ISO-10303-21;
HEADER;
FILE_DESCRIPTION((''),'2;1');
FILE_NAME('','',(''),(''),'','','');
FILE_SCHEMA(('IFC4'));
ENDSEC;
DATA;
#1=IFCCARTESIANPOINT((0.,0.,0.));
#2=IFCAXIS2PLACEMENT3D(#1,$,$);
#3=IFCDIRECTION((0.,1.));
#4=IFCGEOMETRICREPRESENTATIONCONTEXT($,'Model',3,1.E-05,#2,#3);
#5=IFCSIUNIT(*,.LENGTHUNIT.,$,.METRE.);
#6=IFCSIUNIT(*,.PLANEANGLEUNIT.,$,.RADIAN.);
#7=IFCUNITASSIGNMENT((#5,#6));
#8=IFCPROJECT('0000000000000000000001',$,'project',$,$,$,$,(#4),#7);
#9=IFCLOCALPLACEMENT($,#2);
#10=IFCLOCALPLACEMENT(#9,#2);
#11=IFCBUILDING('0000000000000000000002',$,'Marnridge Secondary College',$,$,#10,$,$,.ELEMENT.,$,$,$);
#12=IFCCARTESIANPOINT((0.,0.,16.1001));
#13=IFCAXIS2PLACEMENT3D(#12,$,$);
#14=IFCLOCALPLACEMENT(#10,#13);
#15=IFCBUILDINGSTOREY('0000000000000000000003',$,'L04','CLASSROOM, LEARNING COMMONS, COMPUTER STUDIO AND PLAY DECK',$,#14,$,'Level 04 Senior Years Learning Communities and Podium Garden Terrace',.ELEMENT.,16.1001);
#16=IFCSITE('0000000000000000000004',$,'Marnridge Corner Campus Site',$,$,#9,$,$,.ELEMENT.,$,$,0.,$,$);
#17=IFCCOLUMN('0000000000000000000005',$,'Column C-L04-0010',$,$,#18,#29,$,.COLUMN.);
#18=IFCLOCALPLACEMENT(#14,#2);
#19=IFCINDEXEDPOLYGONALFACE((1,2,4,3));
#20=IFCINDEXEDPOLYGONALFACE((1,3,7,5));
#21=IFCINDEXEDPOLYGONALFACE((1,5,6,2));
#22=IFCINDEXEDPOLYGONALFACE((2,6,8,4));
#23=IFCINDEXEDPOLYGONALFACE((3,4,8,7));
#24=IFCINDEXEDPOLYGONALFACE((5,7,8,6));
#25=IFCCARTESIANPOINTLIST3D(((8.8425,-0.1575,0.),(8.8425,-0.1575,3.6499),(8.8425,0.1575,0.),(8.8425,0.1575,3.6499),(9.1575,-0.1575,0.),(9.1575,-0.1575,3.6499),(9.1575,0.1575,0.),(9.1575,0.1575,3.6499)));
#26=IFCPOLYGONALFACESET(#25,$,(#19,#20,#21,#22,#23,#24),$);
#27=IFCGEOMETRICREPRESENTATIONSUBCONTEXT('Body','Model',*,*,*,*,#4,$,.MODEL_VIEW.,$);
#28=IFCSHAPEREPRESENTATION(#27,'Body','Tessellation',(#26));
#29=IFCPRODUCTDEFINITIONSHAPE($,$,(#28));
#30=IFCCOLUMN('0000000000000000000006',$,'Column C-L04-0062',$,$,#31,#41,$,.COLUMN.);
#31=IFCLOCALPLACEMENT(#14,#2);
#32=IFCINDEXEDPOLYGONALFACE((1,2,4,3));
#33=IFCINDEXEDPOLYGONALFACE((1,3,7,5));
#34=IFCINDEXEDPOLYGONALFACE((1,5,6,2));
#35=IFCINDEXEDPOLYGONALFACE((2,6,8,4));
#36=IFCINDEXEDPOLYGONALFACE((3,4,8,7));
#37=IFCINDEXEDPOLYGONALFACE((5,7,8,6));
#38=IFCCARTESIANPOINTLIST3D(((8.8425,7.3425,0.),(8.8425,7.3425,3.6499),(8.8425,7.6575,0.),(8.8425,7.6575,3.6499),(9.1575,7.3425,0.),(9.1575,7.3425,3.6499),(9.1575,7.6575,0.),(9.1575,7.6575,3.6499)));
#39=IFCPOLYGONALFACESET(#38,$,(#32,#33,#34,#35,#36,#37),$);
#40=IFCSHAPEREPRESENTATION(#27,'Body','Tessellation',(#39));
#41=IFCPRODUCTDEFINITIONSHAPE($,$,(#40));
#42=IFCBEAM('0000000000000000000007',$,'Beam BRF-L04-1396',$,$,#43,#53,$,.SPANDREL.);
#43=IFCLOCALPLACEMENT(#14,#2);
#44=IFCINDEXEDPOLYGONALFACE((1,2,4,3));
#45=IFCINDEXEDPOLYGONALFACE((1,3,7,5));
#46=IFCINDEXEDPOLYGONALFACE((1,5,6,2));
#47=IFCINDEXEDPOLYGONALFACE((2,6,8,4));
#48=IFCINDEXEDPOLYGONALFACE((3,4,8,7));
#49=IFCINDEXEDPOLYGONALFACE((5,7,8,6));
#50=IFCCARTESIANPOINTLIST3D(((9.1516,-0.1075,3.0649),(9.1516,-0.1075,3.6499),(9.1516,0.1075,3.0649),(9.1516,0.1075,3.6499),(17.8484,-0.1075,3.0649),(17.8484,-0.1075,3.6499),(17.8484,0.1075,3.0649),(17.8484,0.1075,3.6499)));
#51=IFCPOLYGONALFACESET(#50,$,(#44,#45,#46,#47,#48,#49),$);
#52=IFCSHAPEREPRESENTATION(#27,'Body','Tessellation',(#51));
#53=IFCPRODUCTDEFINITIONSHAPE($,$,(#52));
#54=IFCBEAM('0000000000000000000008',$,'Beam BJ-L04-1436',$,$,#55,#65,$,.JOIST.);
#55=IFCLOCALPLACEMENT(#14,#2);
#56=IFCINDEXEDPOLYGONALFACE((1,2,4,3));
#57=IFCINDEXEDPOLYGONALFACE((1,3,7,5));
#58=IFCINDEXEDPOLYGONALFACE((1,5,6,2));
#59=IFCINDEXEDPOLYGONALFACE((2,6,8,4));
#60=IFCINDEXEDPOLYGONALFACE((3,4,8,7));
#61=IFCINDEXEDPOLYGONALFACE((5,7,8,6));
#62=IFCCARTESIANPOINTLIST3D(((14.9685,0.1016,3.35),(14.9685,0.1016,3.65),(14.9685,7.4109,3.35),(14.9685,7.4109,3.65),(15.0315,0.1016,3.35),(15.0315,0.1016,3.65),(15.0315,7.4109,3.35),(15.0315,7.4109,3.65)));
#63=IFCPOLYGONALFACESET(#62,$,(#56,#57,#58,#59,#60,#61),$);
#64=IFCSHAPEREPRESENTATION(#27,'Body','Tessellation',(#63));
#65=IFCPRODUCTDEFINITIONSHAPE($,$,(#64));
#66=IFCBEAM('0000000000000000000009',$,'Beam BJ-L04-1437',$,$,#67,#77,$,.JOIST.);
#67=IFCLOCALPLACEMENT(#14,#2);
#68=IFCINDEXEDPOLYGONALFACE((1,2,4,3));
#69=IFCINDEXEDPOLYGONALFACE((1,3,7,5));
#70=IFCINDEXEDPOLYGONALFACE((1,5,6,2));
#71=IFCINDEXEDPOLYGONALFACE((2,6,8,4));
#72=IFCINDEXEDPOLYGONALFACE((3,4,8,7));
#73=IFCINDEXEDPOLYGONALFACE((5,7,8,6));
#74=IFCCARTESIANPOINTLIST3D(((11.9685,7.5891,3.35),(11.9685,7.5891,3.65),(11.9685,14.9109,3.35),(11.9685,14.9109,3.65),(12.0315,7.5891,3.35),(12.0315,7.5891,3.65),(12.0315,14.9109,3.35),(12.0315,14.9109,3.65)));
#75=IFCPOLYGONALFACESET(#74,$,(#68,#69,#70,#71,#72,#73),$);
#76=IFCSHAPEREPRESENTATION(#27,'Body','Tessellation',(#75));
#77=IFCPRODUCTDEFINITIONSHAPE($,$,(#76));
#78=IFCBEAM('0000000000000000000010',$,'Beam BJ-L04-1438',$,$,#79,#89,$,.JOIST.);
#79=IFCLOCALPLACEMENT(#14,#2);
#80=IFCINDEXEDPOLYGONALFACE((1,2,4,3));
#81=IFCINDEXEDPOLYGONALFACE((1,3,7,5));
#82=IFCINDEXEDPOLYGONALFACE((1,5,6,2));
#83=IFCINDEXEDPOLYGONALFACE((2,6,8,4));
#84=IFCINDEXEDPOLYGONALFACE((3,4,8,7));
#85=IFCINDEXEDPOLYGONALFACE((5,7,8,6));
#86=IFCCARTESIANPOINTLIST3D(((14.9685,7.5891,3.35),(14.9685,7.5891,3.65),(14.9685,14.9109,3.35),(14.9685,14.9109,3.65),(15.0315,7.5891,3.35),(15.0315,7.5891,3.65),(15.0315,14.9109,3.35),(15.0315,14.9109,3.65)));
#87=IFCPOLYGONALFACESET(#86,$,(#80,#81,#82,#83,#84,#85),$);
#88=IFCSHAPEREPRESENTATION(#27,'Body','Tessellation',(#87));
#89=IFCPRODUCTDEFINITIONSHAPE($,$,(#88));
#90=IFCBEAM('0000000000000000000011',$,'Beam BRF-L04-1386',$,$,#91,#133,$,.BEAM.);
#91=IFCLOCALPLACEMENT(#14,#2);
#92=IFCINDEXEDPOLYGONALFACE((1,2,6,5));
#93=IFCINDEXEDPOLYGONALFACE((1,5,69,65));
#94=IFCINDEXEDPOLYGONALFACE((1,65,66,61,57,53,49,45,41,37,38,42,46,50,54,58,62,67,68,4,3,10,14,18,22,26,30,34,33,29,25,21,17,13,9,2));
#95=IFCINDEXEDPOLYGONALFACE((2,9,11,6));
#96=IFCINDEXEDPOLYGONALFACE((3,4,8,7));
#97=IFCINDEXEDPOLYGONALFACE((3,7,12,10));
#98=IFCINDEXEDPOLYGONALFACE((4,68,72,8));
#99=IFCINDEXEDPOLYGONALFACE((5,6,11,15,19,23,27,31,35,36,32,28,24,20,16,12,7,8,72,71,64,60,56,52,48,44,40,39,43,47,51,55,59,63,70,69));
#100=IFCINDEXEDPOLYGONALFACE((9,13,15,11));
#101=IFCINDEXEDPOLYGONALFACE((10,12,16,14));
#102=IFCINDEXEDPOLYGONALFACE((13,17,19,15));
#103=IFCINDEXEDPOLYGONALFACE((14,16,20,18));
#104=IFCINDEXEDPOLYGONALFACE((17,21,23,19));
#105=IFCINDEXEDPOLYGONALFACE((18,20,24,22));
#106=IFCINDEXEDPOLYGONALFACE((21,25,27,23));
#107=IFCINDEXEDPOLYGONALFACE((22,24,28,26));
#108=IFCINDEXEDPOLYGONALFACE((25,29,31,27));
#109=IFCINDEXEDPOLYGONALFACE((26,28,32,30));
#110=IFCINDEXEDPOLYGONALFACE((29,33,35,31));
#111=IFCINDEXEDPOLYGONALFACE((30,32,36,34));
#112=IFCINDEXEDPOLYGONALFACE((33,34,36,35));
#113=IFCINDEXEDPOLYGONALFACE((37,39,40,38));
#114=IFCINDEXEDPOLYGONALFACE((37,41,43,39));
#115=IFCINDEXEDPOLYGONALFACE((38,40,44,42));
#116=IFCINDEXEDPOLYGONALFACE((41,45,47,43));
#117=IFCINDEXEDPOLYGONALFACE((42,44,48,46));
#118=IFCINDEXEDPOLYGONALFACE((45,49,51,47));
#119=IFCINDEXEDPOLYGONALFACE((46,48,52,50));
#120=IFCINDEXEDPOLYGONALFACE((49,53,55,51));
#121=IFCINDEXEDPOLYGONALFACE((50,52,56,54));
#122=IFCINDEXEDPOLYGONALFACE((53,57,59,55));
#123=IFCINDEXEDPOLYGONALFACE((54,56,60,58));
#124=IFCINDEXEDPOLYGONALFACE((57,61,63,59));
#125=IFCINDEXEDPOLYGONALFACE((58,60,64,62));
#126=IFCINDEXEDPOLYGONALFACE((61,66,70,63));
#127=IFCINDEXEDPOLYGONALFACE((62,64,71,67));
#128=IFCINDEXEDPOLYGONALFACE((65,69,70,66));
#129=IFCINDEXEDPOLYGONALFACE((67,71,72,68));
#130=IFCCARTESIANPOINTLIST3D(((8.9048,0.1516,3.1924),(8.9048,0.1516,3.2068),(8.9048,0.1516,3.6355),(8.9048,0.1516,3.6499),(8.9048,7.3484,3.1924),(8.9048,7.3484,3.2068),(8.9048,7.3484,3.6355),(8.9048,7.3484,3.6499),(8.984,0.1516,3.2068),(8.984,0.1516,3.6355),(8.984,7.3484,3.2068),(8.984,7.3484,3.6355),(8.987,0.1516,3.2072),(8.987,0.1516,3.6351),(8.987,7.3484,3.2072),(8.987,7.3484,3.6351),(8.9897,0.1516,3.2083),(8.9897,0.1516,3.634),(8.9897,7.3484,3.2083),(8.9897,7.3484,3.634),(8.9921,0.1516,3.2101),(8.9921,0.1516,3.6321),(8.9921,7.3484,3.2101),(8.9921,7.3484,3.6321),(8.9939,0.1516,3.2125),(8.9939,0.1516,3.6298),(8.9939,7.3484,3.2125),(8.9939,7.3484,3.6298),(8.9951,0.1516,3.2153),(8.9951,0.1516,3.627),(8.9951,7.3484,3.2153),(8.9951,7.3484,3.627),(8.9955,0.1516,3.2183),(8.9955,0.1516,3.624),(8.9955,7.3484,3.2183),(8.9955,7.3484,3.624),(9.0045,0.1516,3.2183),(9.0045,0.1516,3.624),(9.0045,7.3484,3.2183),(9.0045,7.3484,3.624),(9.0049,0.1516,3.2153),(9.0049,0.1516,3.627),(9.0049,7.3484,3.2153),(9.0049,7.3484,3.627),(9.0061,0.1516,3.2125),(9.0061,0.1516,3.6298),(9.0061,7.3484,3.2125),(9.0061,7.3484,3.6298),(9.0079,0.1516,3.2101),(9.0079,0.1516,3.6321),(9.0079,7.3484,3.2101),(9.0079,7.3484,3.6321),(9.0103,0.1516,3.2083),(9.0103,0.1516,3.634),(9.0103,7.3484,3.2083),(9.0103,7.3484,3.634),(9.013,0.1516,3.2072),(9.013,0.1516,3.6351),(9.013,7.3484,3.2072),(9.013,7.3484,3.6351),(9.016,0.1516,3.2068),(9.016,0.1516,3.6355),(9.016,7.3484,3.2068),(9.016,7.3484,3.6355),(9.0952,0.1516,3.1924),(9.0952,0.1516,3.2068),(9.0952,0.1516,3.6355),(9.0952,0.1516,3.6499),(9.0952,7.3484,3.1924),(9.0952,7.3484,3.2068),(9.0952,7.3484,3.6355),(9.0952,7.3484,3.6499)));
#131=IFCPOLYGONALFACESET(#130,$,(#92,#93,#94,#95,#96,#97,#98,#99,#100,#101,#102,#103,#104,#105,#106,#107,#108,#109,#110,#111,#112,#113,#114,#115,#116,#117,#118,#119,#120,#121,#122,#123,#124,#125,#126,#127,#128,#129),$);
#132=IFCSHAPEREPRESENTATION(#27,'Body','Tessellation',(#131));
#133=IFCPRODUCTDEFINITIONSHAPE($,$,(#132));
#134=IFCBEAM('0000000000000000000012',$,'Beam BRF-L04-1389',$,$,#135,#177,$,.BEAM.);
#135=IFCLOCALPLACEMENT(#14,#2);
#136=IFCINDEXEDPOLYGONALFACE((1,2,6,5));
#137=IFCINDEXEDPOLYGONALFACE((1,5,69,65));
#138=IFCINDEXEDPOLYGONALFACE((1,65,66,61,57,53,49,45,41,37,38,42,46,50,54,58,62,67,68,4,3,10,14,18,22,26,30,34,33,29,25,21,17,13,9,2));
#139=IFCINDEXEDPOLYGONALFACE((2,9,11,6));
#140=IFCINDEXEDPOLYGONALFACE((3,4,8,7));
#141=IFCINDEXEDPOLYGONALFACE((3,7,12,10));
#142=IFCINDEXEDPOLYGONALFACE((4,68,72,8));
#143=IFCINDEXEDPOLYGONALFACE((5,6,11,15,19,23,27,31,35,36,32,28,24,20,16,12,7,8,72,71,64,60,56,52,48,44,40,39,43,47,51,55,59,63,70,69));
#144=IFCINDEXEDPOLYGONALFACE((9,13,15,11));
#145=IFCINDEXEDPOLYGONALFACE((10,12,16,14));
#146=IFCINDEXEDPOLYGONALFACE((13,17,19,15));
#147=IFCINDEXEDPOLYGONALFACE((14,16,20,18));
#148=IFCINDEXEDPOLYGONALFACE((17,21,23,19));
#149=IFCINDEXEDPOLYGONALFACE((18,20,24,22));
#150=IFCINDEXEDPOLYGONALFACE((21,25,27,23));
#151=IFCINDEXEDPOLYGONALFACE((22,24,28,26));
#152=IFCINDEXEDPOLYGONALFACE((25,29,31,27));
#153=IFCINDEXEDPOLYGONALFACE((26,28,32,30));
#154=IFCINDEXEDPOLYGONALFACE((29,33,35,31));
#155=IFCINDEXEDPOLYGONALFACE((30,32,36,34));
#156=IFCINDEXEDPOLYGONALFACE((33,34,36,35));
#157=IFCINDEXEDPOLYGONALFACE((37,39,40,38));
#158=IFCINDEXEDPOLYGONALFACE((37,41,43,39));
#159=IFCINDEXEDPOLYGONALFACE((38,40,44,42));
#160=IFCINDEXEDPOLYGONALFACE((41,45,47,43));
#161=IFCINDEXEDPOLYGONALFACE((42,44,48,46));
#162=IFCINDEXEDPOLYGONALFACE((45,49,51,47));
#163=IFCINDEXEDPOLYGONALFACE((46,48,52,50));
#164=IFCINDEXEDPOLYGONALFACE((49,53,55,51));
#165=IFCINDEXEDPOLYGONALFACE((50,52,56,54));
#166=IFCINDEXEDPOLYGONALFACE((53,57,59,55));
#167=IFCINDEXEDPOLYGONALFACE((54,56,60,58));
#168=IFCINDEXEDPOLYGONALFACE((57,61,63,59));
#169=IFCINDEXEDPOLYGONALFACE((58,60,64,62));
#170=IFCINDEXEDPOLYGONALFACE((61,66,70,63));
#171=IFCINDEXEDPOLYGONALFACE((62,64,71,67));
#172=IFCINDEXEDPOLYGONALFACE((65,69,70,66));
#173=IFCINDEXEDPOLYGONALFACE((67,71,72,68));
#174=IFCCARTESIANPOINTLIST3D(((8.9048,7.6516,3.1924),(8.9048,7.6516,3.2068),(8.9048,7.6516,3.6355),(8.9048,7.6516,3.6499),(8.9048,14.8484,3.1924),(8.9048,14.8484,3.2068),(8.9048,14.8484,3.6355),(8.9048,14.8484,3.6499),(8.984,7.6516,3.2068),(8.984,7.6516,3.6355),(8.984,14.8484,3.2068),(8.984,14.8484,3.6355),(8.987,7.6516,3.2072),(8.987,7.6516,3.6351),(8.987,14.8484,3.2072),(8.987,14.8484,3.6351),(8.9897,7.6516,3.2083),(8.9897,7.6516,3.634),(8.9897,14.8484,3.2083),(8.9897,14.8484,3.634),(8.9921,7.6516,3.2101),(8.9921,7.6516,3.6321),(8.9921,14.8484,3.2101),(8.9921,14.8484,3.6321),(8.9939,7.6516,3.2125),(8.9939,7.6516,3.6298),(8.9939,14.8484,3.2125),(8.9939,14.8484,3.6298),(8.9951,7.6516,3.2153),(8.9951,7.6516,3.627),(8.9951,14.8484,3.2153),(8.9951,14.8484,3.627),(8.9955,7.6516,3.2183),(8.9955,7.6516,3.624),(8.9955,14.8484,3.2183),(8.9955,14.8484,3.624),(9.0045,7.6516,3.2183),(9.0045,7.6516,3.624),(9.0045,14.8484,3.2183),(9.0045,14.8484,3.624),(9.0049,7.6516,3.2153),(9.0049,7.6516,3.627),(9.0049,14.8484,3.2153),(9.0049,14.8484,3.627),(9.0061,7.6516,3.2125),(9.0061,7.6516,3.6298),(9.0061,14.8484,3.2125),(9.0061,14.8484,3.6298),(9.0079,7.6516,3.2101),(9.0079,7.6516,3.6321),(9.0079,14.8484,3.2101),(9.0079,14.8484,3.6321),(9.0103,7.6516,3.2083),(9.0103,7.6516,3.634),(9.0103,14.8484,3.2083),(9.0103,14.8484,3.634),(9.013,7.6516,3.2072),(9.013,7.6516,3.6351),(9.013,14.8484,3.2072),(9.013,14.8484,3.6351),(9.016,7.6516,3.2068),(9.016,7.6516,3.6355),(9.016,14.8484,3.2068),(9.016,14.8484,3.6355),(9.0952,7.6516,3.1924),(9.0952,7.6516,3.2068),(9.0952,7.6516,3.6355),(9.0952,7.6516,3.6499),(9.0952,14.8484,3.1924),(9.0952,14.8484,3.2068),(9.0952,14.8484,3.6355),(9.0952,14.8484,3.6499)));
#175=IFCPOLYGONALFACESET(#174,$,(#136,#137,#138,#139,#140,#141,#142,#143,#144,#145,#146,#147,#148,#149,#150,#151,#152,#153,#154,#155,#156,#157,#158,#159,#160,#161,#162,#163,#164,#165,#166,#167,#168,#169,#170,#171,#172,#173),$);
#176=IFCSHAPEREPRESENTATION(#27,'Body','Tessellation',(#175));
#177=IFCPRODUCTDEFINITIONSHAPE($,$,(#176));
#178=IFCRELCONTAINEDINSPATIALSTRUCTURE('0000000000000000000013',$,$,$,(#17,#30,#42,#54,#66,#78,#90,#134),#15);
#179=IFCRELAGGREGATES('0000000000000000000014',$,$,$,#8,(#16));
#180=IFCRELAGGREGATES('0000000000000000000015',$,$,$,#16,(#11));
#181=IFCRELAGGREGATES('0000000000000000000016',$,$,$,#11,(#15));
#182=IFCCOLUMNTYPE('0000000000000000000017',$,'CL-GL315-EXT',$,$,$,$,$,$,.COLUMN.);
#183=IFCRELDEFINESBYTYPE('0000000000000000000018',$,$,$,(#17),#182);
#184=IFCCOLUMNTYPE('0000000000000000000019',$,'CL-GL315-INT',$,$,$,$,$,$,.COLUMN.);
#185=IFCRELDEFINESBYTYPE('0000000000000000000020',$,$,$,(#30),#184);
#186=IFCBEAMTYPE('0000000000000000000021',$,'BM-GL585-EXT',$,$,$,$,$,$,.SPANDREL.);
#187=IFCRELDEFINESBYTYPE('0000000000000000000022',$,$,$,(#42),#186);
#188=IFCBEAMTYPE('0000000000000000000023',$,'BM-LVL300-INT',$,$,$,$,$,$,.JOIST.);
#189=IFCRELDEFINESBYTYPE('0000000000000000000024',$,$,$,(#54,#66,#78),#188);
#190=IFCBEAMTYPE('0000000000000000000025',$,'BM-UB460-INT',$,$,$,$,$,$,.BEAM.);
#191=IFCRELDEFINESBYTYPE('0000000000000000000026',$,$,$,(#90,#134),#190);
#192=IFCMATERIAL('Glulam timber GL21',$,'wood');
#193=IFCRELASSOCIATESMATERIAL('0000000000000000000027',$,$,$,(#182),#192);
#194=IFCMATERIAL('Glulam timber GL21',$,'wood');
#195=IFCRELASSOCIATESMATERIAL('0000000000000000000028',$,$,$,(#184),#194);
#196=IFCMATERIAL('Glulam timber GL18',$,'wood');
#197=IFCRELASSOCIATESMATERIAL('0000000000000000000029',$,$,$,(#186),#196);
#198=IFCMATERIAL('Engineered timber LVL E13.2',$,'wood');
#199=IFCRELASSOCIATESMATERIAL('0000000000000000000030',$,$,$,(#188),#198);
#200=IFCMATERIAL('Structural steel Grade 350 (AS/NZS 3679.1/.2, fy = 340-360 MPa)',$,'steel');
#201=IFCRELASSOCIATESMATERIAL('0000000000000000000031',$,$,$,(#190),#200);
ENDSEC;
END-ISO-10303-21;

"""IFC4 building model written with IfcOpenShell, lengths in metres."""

from ifc_helpers import new_model, si_unit, direction, frame, origin, origin_2d, place, context, subcontext, project, spatial, rectangle, i_section, extrude, material, material_profile, profile_set, type_object, element, save


model = new_model("IFC4")

# Units and contexts
model_context = context("Model", 3, precision=1e-05, world=origin(), true_north=direction((0.0, 1.0)))
body_context = subcontext(model_context, "Body", "Model", "MODEL_VIEW")
ifc_project = project(units=[si_unit("LENGTHUNIT", "METRE"), si_unit("PLANEANGLEUNIT", "RADIAN")], contexts=[model_context])

# Site, building, storey
site_placement = place(None, origin())
site = spatial("IfcSite", under=ifc_project, at=site_placement, Name="Marnridge Corner Campus Site", CompositionType="ELEMENT", RefElevation=0.0)
building_placement = place(site_placement, origin())
building = spatial("IfcBuilding", under=site, at=building_placement, Name="Marnridge Secondary College", CompositionType="ELEMENT")
storey_placement = place(building_placement, frame((0.0, 0.0, 16.1001)))
storey = spatial("IfcBuildingStorey", under=building, at=storey_placement, Name="L04", Description="CLASSROOM, LEARNING COMMONS, COMPUTER STUDIO AND PLAY DECK", LongName="Level 04 Senior Years Learning Communities and Podium Garden Terrace", CompositionType="ELEMENT", Elevation=16.1001)

# Columns
ifc_material_1 = material(Name="Glulam timber GL21", Category="wood")
ifc_material_profile_1 = material_profile(ifc_material_1, rectangle(XDim=0.3149, YDim=0.3149, at=origin_2d()), Name="GL21 315x315")
ifc_profile_set_1 = profile_set([ifc_material_profile_1], Name="Glulam timber GL21")
column_type_1 = type_object("IfcColumnType", Name="CL-GL315-EXT", PredefinedType="COLUMN", material=ifc_profile_set_1)
column_1_placement = place(storey_placement, frame((9.0, 0.0, 0.0), z_axis=(0.0, 0.0, 1.0), x_axis=(1.0, 0.0, 0.0)))
element("IfcColumn", 1, at=column_1_placement, inside=storey, type_object=column_type_1, Name="Column C-L04-0010", PredefinedType="COLUMN", context=body_context, shape_type="SweptSolid", body=[
    extrude(rectangle(XDim=0.3149, YDim=0.3149, at=origin_2d()), origin(), (0.0, 0.0, 1.0), 3.6499),
])
ifc_material_2 = material(Name="Glulam timber GL21", Category="wood")
ifc_material_profile_2 = material_profile(ifc_material_2, rectangle(XDim=0.3149, YDim=0.3149, at=origin_2d()), Name="GL21 315x315")
ifc_profile_set_2 = profile_set([ifc_material_profile_2], Name="Glulam timber GL21")
column_type_2 = type_object("IfcColumnType", Name="CL-GL315-INT", PredefinedType="COLUMN", material=ifc_profile_set_2)
column_2_placement = place(storey_placement, frame((9.0, 7.5, 0.0), z_axis=(0.0, 0.0, 1.0), x_axis=(1.0, 0.0, 0.0)))
element("IfcColumn", 2, at=column_2_placement, inside=storey, type_object=column_type_2, Name="Column C-L04-0062", PredefinedType="COLUMN", context=body_context, shape_type="SweptSolid", body=[
    extrude(rectangle(XDim=0.3149, YDim=0.3149, at=origin_2d()), origin(), (0.0, 0.0, 1.0), 3.6499),
])

# Beams
ifc_material_3 = material(Name="Glulam timber GL18", Category="wood")
ifc_material_profile_3 = material_profile(ifc_material_3, rectangle(XDim=0.2151, YDim=0.585, at=origin_2d()), Name="GL18 215x585")
ifc_profile_set_3 = profile_set([ifc_material_profile_3], Name="Glulam timber GL18")
beam_type_1 = type_object("IfcBeamType", Name="BM-GL585-EXT", PredefinedType="SPANDREL", material=ifc_profile_set_3)
beam_1_placement = place(storey_placement, frame((9.1516, 0.0, 3.3574), z_axis=(1.0, 0.0, 0.0), x_axis=(0.0, 1.0, 0.0)))
element("IfcBeam", 3, at=beam_1_placement, inside=storey, type_object=beam_type_1, Name="Beam BRF-L04-1396", PredefinedType="SPANDREL", context=body_context, shape_type="SweptSolid", body=[
    extrude(rectangle(XDim=0.2151, YDim=0.585, at=origin_2d()), origin(), (0.0, 0.0, 1.0), 8.6968),
])
ifc_material_4 = material(Name="Engineered timber LVL E13.2", Category="wood")
ifc_material_profile_4 = material_profile(ifc_material_4, rectangle(XDim=0.063, YDim=0.3, at=origin_2d()), Name="LVL 63x300")
ifc_profile_set_4 = profile_set([ifc_material_profile_4], Name="Engineered timber LVL E13.2")
beam_type_2 = type_object("IfcBeamType", Name="BM-LVL300-INT", PredefinedType="JOIST", material=ifc_profile_set_4)
beam_2_placement = place(storey_placement, frame((15.0, 0.1016, 3.5), z_axis=(0.0, 1.0, 0.0), x_axis=(-1.0, 0.0, 0.0)))
element("IfcBeam", 4, at=beam_2_placement, inside=storey, type_object=beam_type_2, Name="Beam BJ-L04-1436", PredefinedType="JOIST", context=body_context, shape_type="SweptSolid", body=[
    extrude(rectangle(XDim=0.063, YDim=0.3, at=origin_2d()), origin(), (0.0, 0.0, 1.0), 7.3093),
])
for number, where, z_axis, x_axis, name in (
    (5, (12.0, 7.5891, 3.5), (0.0, 1.0, 0.0), (-1.0, 0.0, 0.0), "Beam BJ-L04-1437"),
    (6, (15.0, 7.5891, 3.5), (0.0, 1.0, 0.0), (-1.0, 0.0, 0.0), "Beam BJ-L04-1438"),
):
    element("IfcBeam", number, at=place(storey_placement, frame(where, z_axis=z_axis, x_axis=x_axis)), inside=storey, type_object=beam_type_2, Name=name, PredefinedType="JOIST", context=body_context, shape_type="SweptSolid", body=[
        extrude(rectangle(XDim=0.063, YDim=0.3, at=origin_2d()), origin(), (0.0, 0.0, 1.0), 7.3218),
    ])
ifc_material_5 = material(Name="Structural steel Grade 350 (AS/NZS 3679.1/.2, fy = 340-360 MPa)", Category="steel")
ifc_material_profile_5 = material_profile(ifc_material_5, i_section(OverallWidth=0.1904, OverallDepth=0.4575, WebThickness=0.009, FlangeThickness=0.0144, FilletRadius=0.0115, at=origin_2d()), Name="460UB74.6")
ifc_profile_set_5 = profile_set([ifc_material_profile_5], Name="Structural steel Grade 350 (AS/NZS 3679.1/.2, fy = 340-360 MPa)")
beam_type_3 = type_object("IfcBeamType", Name="BM-UB460-INT", PredefinedType="BEAM", material=ifc_profile_set_5)
for number, where, z_axis, x_axis, name in (
    (7, (9.0, 0.1516, 3.4211), (0.0, 1.0, 0.0), (-1.0, 0.0, 0.0), "Beam BRF-L04-1386"),
    (8, (9.0, 7.6516, 3.4211), (0.0, 1.0, 0.0), (-1.0, 0.0, 0.0), "Beam BRF-L04-1389"),
):
    element("IfcBeam", number, at=place(storey_placement, frame(where, z_axis=z_axis, x_axis=x_axis)), inside=storey, type_object=beam_type_3, Name=name, PredefinedType="BEAM", context=body_context, shape_type="SweptSolid", body=[
        extrude(i_section(OverallWidth=0.1904, OverallDepth=0.4575, WebThickness=0.009, FlangeThickness=0.0144, FilletRadius=0.0115, at=origin_2d()), origin(), (0.0, 0.0, 1.0), 7.1968),
    ])

save(model, "model.ifc")
